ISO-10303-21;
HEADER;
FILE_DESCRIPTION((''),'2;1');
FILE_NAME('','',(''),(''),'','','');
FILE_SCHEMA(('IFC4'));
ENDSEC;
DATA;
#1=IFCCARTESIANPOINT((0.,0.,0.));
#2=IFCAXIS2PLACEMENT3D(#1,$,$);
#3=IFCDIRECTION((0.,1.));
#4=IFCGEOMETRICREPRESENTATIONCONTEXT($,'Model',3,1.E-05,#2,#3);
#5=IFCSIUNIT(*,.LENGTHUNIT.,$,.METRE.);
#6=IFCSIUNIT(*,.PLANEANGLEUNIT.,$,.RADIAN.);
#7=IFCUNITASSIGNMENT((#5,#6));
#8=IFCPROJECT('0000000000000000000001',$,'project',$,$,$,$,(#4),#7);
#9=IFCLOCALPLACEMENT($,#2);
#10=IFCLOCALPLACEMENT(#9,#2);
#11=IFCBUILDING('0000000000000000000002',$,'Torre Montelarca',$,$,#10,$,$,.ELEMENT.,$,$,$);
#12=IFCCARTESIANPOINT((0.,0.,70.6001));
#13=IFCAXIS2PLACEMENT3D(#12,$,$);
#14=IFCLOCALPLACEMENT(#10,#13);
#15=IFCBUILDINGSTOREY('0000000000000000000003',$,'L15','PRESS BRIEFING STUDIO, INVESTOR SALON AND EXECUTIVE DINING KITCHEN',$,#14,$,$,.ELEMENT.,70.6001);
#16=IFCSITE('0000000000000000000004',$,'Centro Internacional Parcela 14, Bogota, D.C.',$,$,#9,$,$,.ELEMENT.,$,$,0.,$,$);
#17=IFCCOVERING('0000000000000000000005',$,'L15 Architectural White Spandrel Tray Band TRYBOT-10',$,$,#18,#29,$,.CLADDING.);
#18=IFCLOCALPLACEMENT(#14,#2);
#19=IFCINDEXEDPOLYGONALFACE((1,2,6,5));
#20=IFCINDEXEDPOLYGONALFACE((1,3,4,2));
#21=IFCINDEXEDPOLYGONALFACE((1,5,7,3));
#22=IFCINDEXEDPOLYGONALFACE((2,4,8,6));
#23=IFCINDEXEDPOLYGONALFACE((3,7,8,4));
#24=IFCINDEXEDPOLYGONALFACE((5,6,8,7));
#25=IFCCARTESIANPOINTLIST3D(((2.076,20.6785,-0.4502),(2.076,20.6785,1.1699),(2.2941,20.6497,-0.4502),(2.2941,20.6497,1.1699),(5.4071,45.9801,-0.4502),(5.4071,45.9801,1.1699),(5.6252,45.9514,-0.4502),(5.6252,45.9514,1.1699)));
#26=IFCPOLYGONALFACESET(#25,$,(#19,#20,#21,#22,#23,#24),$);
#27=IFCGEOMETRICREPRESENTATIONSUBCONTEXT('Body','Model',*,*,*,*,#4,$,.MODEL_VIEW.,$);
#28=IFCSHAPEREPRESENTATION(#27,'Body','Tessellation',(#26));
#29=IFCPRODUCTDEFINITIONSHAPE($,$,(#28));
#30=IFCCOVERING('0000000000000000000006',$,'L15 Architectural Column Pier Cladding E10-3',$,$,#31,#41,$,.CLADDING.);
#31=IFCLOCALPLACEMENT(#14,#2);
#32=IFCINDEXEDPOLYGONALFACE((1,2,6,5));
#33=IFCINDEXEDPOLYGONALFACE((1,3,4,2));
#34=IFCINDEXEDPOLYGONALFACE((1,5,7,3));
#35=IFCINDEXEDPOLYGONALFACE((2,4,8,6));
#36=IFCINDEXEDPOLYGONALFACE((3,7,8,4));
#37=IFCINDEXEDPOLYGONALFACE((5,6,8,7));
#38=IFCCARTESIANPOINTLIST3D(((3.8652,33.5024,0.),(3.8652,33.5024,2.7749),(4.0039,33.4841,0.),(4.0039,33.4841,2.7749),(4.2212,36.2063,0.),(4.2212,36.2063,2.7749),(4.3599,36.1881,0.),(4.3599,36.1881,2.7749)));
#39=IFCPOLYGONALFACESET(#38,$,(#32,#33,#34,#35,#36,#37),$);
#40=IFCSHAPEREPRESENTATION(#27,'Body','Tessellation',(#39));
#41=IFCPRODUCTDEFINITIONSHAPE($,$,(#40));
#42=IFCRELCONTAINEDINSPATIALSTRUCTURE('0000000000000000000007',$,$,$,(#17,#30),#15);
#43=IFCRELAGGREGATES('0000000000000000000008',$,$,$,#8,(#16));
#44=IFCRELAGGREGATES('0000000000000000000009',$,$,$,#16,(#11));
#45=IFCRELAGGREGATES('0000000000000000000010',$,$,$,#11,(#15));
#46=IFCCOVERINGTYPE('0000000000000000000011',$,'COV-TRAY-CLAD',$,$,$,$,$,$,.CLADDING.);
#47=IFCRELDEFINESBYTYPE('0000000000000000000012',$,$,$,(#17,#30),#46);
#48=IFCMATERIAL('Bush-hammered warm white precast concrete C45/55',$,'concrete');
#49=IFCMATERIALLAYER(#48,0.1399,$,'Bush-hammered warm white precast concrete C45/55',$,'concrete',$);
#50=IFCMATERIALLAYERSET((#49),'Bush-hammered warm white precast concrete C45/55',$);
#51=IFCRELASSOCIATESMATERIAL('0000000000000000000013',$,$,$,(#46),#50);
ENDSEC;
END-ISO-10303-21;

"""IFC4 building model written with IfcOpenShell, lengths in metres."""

from ifc_helpers import new_model, si_unit, direction, frame, origin, origin_2d, place, context, subcontext, project, spatial, rectangle, extrude, source, transform, mapped, material, layer, layer_set, type_object, element, save


model = new_model("IFC4")

# Units and contexts
model_context = context("Model", 3, precision=1e-05, world=origin(), true_north=direction((0.0, 1.0)))
body_context = subcontext(model_context, "Body", "Model", "MODEL_VIEW")
ifc_project = project(units=[si_unit("LENGTHUNIT", "METRE"), si_unit("PLANEANGLEUNIT", "RADIAN")], contexts=[model_context])

# Site, building, storey
site_placement = place(None, origin())
site = spatial("IfcSite", under=ifc_project, at=site_placement, Name="Centro Internacional Parcela 14, Bogota, D.C.", CompositionType="ELEMENT", RefElevation=0.0)
building_placement = place(site_placement, origin())
building = spatial("IfcBuilding", under=site, at=building_placement, Name="Torre Montelarca", CompositionType="ELEMENT")
storey_placement = place(building_placement, frame((0.0, 0.0, 70.6001)))
storey = spatial("IfcBuildingStorey", under=building, at=storey_placement, Name="L15", Description="PRESS BRIEFING STUDIO, INVESTOR SALON AND EXECUTIVE DINING KITCHEN", CompositionType="ELEMENT", Elevation=70.6001)

# Coverings
ifc_material_1 = material(Name="Bush-hammered warm white precast concrete C45/55", Category="concrete")
ifc_layer_1 = layer(ifc_material_1, 0.1399, Name="Bush-hammered warm white precast concrete C45/55", Category="concrete")
ifc_layer_set_1 = layer_set([ifc_layer_1], Name="Bush-hammered warm white precast concrete C45/55")
covering_type = type_object("IfcCoveringType", Name="COV-TRAY-CLAD", PredefinedType="CLADDING", material=ifc_layer_set_1)
shared_shape_1 = source(origin(), body_context, "Body", "SweptSolid", [
    extrude(rectangle(XDim=25.52, YDim=0.22, at=origin_2d()), origin(), (0.0, 0.0, 1.0), 1.6201),
])
covering_1_placement = place(storey_placement, frame((3.8506, 33.3149, -0.4502), z_axis=(0.0, 0.0, 1.0), x_axis=(-0.130528, -0.991445, 0.0)))
element("IfcCovering", 1, at=covering_1_placement, inside=storey, type_object=covering_type, Name="L15 Architectural White Spandrel Tray Band TRYBOT-10", PredefinedType="CLADDING", context=body_context, shape_type="MappedRepresentation", body=[
    mapped(shared_shape_1, transform((0.0, 0.0, 0.0), scale=1.0)),
])
shared_shape_2 = source(origin(), body_context, "Body", "SweptSolid", [
    extrude(rectangle(XDim=2.7273, YDim=0.1399, at=origin_2d()), origin(), (0.0, 0.0, 1.0), 2.7749),
])
covering_2_placement = place(storey_placement, frame((4.1125, 34.8452, 0.0), z_axis=(0.0, 0.0, 1.0), x_axis=(-0.130528, -0.991445, 0.0)))
element("IfcCovering", 2, at=covering_2_placement, inside=storey, type_object=covering_type, Name="L15 Architectural Column Pier Cladding E10-3", PredefinedType="CLADDING", context=body_context, shape_type="MappedRepresentation", body=[
    mapped(shared_shape_2, transform((0.0, 0.0, 0.0), scale=1.0)),
])

save(model, "model.ifc")
